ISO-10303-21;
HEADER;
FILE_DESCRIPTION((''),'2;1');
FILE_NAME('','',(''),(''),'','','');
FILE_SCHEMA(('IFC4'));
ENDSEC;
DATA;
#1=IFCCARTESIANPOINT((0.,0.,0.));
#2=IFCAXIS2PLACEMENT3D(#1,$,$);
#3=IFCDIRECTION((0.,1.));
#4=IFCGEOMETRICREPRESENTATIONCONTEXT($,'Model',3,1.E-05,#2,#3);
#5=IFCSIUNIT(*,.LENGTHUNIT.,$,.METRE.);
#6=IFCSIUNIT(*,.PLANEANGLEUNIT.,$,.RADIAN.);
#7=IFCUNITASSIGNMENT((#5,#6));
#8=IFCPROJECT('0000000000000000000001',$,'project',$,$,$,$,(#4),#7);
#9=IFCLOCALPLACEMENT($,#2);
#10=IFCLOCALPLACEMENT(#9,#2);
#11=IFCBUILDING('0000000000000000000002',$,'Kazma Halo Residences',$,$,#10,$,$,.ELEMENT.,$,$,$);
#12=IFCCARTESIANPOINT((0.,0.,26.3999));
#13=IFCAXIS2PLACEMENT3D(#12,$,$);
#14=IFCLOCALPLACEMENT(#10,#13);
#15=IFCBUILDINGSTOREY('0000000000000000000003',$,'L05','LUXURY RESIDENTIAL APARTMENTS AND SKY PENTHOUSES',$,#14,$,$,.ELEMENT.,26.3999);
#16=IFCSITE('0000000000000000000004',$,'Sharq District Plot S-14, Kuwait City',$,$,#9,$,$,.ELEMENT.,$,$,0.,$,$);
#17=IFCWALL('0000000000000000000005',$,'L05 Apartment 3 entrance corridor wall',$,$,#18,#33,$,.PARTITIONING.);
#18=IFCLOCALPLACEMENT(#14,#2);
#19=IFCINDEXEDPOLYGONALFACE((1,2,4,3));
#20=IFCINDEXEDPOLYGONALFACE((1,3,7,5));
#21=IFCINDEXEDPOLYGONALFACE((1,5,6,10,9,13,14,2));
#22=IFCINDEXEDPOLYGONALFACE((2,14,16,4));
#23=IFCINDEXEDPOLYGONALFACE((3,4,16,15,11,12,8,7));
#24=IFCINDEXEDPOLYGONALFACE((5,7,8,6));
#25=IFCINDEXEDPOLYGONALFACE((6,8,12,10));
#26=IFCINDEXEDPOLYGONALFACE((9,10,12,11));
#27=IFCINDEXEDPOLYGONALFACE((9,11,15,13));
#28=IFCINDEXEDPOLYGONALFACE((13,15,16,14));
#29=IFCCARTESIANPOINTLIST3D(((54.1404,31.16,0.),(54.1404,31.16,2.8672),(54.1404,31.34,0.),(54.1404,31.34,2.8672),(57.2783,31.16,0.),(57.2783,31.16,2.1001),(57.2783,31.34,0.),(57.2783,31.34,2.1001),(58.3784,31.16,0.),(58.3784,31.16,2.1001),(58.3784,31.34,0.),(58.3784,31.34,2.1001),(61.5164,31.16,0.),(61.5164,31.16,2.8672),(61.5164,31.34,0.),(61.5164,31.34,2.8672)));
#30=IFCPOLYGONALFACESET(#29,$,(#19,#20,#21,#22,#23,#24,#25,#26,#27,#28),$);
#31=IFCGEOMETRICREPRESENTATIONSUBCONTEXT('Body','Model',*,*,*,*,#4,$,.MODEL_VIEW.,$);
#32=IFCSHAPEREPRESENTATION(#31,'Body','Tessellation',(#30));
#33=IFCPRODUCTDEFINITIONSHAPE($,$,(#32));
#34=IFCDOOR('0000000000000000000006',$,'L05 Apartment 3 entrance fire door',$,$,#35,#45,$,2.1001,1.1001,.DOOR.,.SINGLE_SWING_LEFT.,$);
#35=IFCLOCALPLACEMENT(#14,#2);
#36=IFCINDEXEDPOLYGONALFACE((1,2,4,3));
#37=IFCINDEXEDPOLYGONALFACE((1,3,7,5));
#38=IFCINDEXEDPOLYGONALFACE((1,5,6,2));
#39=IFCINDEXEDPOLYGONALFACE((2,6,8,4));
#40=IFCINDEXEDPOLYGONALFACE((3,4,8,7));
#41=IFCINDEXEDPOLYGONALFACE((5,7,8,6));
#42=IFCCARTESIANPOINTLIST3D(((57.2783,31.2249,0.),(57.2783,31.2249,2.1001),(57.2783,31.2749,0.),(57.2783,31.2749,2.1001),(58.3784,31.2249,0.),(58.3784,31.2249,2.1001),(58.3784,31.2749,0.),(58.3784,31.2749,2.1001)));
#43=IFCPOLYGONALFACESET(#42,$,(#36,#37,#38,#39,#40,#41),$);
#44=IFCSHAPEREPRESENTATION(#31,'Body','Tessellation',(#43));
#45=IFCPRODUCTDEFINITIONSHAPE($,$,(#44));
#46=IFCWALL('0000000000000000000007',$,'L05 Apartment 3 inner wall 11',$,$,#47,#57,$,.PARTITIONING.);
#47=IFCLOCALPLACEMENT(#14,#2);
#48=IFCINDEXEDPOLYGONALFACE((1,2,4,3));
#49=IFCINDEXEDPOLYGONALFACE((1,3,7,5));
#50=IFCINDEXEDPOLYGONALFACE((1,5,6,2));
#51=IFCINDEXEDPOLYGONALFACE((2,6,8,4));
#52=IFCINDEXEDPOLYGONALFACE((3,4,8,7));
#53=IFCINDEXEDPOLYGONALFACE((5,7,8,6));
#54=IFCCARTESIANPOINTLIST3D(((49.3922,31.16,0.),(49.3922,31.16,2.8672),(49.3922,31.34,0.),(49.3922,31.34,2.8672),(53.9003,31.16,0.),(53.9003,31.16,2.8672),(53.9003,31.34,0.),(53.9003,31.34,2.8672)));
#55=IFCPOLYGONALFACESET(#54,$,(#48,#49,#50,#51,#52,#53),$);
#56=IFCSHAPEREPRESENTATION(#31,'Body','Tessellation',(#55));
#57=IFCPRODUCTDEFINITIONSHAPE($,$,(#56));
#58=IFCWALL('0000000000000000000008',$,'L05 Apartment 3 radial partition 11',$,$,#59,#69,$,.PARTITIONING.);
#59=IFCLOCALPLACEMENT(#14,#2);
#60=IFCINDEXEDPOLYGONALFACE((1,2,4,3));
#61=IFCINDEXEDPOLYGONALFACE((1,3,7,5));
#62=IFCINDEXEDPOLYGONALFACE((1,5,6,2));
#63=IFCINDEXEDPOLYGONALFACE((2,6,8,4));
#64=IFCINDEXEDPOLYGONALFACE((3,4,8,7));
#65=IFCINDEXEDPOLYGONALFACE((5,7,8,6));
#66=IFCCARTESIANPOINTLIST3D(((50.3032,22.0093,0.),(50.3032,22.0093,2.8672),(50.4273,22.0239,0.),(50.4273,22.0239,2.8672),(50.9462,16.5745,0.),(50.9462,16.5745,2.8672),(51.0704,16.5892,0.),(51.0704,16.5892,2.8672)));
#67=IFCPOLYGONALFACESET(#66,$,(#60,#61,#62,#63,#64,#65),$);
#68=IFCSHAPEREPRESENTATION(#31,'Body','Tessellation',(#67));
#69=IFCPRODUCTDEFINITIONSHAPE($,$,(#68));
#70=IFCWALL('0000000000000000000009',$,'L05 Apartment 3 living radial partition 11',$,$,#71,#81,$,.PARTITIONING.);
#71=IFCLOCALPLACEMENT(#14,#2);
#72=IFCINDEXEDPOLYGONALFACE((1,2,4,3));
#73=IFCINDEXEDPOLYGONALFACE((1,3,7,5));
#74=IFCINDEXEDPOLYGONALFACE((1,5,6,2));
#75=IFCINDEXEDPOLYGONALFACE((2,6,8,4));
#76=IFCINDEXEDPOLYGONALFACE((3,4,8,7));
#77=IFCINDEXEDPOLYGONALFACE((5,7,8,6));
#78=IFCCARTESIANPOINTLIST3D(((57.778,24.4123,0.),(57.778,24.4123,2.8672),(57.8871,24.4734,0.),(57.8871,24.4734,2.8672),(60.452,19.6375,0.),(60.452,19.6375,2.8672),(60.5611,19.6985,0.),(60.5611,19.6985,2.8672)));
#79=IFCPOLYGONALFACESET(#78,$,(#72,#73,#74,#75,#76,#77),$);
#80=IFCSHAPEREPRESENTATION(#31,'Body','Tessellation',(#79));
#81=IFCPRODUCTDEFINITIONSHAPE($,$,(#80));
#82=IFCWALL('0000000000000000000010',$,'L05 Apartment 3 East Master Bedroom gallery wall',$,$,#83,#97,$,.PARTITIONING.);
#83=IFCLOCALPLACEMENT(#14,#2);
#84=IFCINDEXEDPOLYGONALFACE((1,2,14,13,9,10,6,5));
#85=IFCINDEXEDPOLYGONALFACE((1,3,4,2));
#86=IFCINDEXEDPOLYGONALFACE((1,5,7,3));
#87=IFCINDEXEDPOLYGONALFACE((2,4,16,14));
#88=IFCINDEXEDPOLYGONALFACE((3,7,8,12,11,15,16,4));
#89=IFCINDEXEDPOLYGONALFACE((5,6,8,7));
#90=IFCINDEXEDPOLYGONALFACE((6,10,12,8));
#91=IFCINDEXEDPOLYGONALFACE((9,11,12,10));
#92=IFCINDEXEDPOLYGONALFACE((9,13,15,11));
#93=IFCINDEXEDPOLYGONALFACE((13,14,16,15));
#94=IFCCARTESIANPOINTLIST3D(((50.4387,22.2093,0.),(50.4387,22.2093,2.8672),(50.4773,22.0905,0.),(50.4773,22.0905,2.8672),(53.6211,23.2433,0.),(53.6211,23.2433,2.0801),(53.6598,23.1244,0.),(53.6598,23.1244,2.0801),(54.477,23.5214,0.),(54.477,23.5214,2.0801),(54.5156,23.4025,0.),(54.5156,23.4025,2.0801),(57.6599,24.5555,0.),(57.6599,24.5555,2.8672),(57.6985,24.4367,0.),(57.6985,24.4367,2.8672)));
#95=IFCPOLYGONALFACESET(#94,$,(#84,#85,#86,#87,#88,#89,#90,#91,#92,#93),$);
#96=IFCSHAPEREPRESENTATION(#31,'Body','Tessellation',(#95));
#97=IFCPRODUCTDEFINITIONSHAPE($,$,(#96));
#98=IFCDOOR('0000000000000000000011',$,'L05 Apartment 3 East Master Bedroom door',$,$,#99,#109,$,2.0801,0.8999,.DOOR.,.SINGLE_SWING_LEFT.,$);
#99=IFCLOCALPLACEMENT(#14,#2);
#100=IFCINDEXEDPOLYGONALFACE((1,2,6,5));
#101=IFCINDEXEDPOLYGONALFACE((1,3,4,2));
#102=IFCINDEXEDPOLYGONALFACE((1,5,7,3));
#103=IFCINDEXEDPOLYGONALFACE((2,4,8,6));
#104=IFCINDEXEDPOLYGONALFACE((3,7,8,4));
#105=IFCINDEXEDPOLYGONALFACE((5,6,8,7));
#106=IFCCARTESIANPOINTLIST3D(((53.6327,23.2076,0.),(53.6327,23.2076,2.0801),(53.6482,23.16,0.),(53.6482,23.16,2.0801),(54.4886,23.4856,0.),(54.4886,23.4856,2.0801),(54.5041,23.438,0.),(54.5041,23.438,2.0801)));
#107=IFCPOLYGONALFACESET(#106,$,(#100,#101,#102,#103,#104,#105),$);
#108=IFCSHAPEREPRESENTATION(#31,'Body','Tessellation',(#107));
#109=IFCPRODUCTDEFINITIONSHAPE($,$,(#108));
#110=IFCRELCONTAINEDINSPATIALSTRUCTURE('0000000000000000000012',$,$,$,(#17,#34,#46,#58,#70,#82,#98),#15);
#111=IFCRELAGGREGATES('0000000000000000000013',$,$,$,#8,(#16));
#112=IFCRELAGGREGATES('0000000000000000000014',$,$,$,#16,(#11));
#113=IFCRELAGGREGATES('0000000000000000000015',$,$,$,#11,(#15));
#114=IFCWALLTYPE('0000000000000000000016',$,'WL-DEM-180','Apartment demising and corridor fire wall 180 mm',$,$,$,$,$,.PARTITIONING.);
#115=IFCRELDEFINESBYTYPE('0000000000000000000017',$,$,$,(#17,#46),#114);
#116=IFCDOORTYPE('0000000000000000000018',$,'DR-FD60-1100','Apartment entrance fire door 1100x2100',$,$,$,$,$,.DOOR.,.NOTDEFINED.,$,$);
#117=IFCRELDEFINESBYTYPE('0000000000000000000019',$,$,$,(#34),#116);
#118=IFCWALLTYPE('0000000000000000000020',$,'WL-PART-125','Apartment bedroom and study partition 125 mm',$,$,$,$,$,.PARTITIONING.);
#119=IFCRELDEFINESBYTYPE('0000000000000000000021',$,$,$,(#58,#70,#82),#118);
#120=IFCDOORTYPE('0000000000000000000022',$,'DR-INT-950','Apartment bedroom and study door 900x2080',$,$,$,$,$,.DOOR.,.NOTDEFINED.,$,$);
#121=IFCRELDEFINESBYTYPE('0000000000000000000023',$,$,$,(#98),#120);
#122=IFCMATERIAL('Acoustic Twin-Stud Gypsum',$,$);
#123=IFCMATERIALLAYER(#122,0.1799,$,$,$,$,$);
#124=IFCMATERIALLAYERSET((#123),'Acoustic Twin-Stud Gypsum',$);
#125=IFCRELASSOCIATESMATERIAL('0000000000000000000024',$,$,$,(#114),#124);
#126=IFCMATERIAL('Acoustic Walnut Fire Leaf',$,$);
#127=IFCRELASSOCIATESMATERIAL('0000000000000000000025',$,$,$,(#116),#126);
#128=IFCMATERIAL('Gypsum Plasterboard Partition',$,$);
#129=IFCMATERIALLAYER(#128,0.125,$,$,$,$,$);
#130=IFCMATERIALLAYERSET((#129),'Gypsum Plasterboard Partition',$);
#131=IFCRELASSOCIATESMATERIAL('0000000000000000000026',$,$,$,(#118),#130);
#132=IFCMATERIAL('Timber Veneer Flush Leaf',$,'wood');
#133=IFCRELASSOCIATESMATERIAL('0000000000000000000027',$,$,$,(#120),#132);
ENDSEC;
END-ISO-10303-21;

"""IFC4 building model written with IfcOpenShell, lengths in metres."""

from ifc_helpers import new_model, si_unit, direction, frame, frame_2d, origin, place, context, subcontext, project, spatial, rectangle, extrude, material, layer, layer_set, type_object, element, fill, save


model = new_model("IFC4")

# Units and contexts
model_context = context("Model", 3, precision=1e-05, world=origin(), true_north=direction((0.0, 1.0)))
body_context = subcontext(model_context, "Body", "Model", "MODEL_VIEW")
ifc_project = project(units=[si_unit("LENGTHUNIT", "METRE"), si_unit("PLANEANGLEUNIT", "RADIAN")], contexts=[model_context])

# Site, building, storey
site_placement = place(None, origin())
site = spatial("IfcSite", under=ifc_project, at=site_placement, Name="Sharq District Plot S-14, Kuwait City", CompositionType="ELEMENT", RefElevation=0.0)
building_placement = place(site_placement, origin())
building = spatial("IfcBuilding", under=site, at=building_placement, Name="Kazma Halo Residences", CompositionType="ELEMENT")
storey_placement = place(building_placement, frame((0.0, 0.0, 26.3999)))
storey = spatial("IfcBuildingStorey", under=building, at=storey_placement, Name="L05", Description="LUXURY RESIDENTIAL APARTMENTS AND SKY PENTHOUSES", CompositionType="ELEMENT", Elevation=26.3999)

# Wall, opening, door
ifc_material_1 = material(Name="Acoustic Twin-Stud Gypsum")
ifc_layer_1 = layer(ifc_material_1, 0.1799)
ifc_layer_set_1 = layer_set([ifc_layer_1], Name="Acoustic Twin-Stud Gypsum")
wall_type_1 = type_object("IfcWallType", Name="WL-DEM-180", Description="Apartment demising and corridor fire wall 180 mm", PredefinedType="PARTITIONING", material=ifc_layer_set_1)
wall_1_placement = place(storey_placement, frame((54.1404, 31.25, 0.0), z_axis=(0.0, 0.0, 1.0), x_axis=(1.0, 0.0, 0.0)))
wall_1 = element("IfcWall", 1, at=wall_1_placement, inside=storey, type_object=wall_type_1, Name="L05 Apartment 3 entrance corridor wall", PredefinedType="PARTITIONING", context=body_context, shape_type="SweptSolid", body=[
    extrude(rectangle(XDim=7.376, YDim=0.1799, at=frame_2d((3.688, 0.0))), origin(), (0.0, 0.0, 1.0), 2.8672),
])
opening_1_placement = place(wall_1_placement, frame((3.1379, 0.0, 0.0)))
opening_1 = element("IfcOpeningElement", 2, at=opening_1_placement, cuts=wall_1, PredefinedType="OPENING", context=body_context, shape_type="SweptSolid", body=[
    extrude(rectangle(XDim=1.1001, YDim=2.1001, at=frame_2d((0.55, 1.05))), frame((0.0, 0.0999, 0.0), z_axis=(0.0, -1.0, 0.0), x_axis=(1.0, 0.0, 0.0)), (0.0, 0.0, 1.0), 0.2),
])
ifc_material_2 = material(Name="Acoustic Walnut Fire Leaf")
door_type_1 = type_object("IfcDoorType", Name="DR-FD60-1100", Description="Apartment entrance fire door 1100x2100", OperationType="NOTDEFINED", PredefinedType="DOOR", material=ifc_material_2)
door_1_placement = place(opening_1_placement, origin())
door_1 = element("IfcDoor", 3, at=door_1_placement, inside=storey, type_object=door_type_1, Name="L05 Apartment 3 entrance fire door", OperationType="SINGLE_SWING_LEFT", OverallHeight=2.1001, OverallWidth=1.1001, PredefinedType="DOOR", context=body_context, shape_type="SweptSolid", body=[
    extrude(rectangle(XDim=1.1001, YDim=2.1001, at=frame_2d((0.55, 1.05))), frame((0.0, 0.0249, 0.0), z_axis=(0.0, -1.0, 0.0), x_axis=(1.0, 0.0, 0.0)), (0.0, 0.0, 1.0), 0.05),
])
fill(opening_1, door_1)

# Walls
wall_2_placement = place(storey_placement, frame((49.3923, 31.25, 0.0), z_axis=(0.0, 0.0, 1.0), x_axis=(1.0, 0.0, 0.0)))
element("IfcWall", 4, at=wall_2_placement, inside=storey, type_object=wall_type_1, Name="L05 Apartment 3 inner wall 11", PredefinedType="PARTITIONING", context=body_context, shape_type="SweptSolid", body=[
    extrude(rectangle(XDim=4.5081, YDim=0.1799, at=frame_2d((2.2539, 0.0))), origin(), (0.0, 0.0, 1.0), 2.8672),
])
ifc_material_3 = material(Name="Gypsum Plasterboard Partition")
ifc_layer_2 = layer(ifc_material_3, 0.125)
ifc_layer_set_2 = layer_set([ifc_layer_2], Name="Gypsum Plasterboard Partition")
wall_type_2 = type_object("IfcWallType", Name="WL-PART-125", Description="Apartment bedroom and study partition 125 mm", PredefinedType="PARTITIONING", material=ifc_layer_set_2)
for number, where, z_axis, x_axis, name in (
    (5, (50.3652, 22.0166, 0.0), (0.0, 0.0, 1.0), (0.117504, -0.993072, 0.0), "L05 Apartment 3 radial partition 11"),
    (6, (57.8325, 24.4429, 0.0), (0.0, 0.0, 1.0), (0.488621, -0.872496, 0.0), "L05 Apartment 3 living radial partition 11"),
):
    element("IfcWall", number, at=place(storey_placement, frame(where, z_axis=z_axis, x_axis=x_axis)), inside=storey, type_object=wall_type_2, Name=name, PredefinedType="PARTITIONING", context=body_context, shape_type="SweptSolid", body=[
        extrude(rectangle(XDim=5.4727, YDim=0.125, at=frame_2d((2.7363, 0.0))), origin(), (0.0, 0.0, 1.0), 2.8672),
    ])

# Wall, opening, door
wall_3_placement = place(storey_placement, frame((50.458, 22.1499, 0.0), z_axis=(0.0, 0.0, 1.0), x_axis=(0.951061, 0.309003, 0.0)))
wall_3 = element("IfcWall", 7, at=wall_3_placement, inside=storey, type_object=wall_type_2, Name="L05 Apartment 3 East Master Bedroom gallery wall", PredefinedType="PARTITIONING", context=body_context, shape_type="SweptSolid", body=[
    extrude(rectangle(XDim=7.5928, YDim=0.125, at=frame_2d((3.7964, 0.0))), origin(), (0.0, 0.0, 1.0), 2.8672),
])
opening_2_placement = place(wall_3_placement, frame((3.3462, 0.0, 0.0)))
opening_2 = element("IfcOpeningElement", 8, at=opening_2_placement, cuts=wall_3, PredefinedType="OPENING", context=body_context, shape_type="SweptSolid", body=[
    extrude(rectangle(XDim=0.8999, YDim=2.0801, at=frame_2d((0.45, 1.04))), frame((0.0, 0.0725, 0.0), z_axis=(0.0, -1.0, 0.0), x_axis=(1.0, 0.0, 0.0)), (0.0, 0.0, 1.0), 0.145),
])
ifc_material_4 = material(Name="Timber Veneer Flush Leaf", Category="wood")
door_type_2 = type_object("IfcDoorType", Name="DR-INT-950", Description="Apartment bedroom and study door 900x2080", OperationType="NOTDEFINED", PredefinedType="DOOR", material=ifc_material_4)
door_2_placement = place(opening_2_placement, origin())
door_2 = element("IfcDoor", 9, at=door_2_placement, inside=storey, type_object=door_type_2, Name="L05 Apartment 3 East Master Bedroom door", OperationType="SINGLE_SWING_LEFT", OverallHeight=2.0801, OverallWidth=0.8999, PredefinedType="DOOR", context=body_context, shape_type="SweptSolid", body=[
    extrude(rectangle(XDim=0.8999, YDim=2.0801, at=frame_2d((0.45, 1.04))), frame((0.0, 0.0249, 0.0), z_axis=(0.0, -1.0, 0.0), x_axis=(1.0, 0.0, 0.0)), (0.0, 0.0, 1.0), 0.05),
])
fill(opening_2, door_2)

save(model, "model.ifc")
